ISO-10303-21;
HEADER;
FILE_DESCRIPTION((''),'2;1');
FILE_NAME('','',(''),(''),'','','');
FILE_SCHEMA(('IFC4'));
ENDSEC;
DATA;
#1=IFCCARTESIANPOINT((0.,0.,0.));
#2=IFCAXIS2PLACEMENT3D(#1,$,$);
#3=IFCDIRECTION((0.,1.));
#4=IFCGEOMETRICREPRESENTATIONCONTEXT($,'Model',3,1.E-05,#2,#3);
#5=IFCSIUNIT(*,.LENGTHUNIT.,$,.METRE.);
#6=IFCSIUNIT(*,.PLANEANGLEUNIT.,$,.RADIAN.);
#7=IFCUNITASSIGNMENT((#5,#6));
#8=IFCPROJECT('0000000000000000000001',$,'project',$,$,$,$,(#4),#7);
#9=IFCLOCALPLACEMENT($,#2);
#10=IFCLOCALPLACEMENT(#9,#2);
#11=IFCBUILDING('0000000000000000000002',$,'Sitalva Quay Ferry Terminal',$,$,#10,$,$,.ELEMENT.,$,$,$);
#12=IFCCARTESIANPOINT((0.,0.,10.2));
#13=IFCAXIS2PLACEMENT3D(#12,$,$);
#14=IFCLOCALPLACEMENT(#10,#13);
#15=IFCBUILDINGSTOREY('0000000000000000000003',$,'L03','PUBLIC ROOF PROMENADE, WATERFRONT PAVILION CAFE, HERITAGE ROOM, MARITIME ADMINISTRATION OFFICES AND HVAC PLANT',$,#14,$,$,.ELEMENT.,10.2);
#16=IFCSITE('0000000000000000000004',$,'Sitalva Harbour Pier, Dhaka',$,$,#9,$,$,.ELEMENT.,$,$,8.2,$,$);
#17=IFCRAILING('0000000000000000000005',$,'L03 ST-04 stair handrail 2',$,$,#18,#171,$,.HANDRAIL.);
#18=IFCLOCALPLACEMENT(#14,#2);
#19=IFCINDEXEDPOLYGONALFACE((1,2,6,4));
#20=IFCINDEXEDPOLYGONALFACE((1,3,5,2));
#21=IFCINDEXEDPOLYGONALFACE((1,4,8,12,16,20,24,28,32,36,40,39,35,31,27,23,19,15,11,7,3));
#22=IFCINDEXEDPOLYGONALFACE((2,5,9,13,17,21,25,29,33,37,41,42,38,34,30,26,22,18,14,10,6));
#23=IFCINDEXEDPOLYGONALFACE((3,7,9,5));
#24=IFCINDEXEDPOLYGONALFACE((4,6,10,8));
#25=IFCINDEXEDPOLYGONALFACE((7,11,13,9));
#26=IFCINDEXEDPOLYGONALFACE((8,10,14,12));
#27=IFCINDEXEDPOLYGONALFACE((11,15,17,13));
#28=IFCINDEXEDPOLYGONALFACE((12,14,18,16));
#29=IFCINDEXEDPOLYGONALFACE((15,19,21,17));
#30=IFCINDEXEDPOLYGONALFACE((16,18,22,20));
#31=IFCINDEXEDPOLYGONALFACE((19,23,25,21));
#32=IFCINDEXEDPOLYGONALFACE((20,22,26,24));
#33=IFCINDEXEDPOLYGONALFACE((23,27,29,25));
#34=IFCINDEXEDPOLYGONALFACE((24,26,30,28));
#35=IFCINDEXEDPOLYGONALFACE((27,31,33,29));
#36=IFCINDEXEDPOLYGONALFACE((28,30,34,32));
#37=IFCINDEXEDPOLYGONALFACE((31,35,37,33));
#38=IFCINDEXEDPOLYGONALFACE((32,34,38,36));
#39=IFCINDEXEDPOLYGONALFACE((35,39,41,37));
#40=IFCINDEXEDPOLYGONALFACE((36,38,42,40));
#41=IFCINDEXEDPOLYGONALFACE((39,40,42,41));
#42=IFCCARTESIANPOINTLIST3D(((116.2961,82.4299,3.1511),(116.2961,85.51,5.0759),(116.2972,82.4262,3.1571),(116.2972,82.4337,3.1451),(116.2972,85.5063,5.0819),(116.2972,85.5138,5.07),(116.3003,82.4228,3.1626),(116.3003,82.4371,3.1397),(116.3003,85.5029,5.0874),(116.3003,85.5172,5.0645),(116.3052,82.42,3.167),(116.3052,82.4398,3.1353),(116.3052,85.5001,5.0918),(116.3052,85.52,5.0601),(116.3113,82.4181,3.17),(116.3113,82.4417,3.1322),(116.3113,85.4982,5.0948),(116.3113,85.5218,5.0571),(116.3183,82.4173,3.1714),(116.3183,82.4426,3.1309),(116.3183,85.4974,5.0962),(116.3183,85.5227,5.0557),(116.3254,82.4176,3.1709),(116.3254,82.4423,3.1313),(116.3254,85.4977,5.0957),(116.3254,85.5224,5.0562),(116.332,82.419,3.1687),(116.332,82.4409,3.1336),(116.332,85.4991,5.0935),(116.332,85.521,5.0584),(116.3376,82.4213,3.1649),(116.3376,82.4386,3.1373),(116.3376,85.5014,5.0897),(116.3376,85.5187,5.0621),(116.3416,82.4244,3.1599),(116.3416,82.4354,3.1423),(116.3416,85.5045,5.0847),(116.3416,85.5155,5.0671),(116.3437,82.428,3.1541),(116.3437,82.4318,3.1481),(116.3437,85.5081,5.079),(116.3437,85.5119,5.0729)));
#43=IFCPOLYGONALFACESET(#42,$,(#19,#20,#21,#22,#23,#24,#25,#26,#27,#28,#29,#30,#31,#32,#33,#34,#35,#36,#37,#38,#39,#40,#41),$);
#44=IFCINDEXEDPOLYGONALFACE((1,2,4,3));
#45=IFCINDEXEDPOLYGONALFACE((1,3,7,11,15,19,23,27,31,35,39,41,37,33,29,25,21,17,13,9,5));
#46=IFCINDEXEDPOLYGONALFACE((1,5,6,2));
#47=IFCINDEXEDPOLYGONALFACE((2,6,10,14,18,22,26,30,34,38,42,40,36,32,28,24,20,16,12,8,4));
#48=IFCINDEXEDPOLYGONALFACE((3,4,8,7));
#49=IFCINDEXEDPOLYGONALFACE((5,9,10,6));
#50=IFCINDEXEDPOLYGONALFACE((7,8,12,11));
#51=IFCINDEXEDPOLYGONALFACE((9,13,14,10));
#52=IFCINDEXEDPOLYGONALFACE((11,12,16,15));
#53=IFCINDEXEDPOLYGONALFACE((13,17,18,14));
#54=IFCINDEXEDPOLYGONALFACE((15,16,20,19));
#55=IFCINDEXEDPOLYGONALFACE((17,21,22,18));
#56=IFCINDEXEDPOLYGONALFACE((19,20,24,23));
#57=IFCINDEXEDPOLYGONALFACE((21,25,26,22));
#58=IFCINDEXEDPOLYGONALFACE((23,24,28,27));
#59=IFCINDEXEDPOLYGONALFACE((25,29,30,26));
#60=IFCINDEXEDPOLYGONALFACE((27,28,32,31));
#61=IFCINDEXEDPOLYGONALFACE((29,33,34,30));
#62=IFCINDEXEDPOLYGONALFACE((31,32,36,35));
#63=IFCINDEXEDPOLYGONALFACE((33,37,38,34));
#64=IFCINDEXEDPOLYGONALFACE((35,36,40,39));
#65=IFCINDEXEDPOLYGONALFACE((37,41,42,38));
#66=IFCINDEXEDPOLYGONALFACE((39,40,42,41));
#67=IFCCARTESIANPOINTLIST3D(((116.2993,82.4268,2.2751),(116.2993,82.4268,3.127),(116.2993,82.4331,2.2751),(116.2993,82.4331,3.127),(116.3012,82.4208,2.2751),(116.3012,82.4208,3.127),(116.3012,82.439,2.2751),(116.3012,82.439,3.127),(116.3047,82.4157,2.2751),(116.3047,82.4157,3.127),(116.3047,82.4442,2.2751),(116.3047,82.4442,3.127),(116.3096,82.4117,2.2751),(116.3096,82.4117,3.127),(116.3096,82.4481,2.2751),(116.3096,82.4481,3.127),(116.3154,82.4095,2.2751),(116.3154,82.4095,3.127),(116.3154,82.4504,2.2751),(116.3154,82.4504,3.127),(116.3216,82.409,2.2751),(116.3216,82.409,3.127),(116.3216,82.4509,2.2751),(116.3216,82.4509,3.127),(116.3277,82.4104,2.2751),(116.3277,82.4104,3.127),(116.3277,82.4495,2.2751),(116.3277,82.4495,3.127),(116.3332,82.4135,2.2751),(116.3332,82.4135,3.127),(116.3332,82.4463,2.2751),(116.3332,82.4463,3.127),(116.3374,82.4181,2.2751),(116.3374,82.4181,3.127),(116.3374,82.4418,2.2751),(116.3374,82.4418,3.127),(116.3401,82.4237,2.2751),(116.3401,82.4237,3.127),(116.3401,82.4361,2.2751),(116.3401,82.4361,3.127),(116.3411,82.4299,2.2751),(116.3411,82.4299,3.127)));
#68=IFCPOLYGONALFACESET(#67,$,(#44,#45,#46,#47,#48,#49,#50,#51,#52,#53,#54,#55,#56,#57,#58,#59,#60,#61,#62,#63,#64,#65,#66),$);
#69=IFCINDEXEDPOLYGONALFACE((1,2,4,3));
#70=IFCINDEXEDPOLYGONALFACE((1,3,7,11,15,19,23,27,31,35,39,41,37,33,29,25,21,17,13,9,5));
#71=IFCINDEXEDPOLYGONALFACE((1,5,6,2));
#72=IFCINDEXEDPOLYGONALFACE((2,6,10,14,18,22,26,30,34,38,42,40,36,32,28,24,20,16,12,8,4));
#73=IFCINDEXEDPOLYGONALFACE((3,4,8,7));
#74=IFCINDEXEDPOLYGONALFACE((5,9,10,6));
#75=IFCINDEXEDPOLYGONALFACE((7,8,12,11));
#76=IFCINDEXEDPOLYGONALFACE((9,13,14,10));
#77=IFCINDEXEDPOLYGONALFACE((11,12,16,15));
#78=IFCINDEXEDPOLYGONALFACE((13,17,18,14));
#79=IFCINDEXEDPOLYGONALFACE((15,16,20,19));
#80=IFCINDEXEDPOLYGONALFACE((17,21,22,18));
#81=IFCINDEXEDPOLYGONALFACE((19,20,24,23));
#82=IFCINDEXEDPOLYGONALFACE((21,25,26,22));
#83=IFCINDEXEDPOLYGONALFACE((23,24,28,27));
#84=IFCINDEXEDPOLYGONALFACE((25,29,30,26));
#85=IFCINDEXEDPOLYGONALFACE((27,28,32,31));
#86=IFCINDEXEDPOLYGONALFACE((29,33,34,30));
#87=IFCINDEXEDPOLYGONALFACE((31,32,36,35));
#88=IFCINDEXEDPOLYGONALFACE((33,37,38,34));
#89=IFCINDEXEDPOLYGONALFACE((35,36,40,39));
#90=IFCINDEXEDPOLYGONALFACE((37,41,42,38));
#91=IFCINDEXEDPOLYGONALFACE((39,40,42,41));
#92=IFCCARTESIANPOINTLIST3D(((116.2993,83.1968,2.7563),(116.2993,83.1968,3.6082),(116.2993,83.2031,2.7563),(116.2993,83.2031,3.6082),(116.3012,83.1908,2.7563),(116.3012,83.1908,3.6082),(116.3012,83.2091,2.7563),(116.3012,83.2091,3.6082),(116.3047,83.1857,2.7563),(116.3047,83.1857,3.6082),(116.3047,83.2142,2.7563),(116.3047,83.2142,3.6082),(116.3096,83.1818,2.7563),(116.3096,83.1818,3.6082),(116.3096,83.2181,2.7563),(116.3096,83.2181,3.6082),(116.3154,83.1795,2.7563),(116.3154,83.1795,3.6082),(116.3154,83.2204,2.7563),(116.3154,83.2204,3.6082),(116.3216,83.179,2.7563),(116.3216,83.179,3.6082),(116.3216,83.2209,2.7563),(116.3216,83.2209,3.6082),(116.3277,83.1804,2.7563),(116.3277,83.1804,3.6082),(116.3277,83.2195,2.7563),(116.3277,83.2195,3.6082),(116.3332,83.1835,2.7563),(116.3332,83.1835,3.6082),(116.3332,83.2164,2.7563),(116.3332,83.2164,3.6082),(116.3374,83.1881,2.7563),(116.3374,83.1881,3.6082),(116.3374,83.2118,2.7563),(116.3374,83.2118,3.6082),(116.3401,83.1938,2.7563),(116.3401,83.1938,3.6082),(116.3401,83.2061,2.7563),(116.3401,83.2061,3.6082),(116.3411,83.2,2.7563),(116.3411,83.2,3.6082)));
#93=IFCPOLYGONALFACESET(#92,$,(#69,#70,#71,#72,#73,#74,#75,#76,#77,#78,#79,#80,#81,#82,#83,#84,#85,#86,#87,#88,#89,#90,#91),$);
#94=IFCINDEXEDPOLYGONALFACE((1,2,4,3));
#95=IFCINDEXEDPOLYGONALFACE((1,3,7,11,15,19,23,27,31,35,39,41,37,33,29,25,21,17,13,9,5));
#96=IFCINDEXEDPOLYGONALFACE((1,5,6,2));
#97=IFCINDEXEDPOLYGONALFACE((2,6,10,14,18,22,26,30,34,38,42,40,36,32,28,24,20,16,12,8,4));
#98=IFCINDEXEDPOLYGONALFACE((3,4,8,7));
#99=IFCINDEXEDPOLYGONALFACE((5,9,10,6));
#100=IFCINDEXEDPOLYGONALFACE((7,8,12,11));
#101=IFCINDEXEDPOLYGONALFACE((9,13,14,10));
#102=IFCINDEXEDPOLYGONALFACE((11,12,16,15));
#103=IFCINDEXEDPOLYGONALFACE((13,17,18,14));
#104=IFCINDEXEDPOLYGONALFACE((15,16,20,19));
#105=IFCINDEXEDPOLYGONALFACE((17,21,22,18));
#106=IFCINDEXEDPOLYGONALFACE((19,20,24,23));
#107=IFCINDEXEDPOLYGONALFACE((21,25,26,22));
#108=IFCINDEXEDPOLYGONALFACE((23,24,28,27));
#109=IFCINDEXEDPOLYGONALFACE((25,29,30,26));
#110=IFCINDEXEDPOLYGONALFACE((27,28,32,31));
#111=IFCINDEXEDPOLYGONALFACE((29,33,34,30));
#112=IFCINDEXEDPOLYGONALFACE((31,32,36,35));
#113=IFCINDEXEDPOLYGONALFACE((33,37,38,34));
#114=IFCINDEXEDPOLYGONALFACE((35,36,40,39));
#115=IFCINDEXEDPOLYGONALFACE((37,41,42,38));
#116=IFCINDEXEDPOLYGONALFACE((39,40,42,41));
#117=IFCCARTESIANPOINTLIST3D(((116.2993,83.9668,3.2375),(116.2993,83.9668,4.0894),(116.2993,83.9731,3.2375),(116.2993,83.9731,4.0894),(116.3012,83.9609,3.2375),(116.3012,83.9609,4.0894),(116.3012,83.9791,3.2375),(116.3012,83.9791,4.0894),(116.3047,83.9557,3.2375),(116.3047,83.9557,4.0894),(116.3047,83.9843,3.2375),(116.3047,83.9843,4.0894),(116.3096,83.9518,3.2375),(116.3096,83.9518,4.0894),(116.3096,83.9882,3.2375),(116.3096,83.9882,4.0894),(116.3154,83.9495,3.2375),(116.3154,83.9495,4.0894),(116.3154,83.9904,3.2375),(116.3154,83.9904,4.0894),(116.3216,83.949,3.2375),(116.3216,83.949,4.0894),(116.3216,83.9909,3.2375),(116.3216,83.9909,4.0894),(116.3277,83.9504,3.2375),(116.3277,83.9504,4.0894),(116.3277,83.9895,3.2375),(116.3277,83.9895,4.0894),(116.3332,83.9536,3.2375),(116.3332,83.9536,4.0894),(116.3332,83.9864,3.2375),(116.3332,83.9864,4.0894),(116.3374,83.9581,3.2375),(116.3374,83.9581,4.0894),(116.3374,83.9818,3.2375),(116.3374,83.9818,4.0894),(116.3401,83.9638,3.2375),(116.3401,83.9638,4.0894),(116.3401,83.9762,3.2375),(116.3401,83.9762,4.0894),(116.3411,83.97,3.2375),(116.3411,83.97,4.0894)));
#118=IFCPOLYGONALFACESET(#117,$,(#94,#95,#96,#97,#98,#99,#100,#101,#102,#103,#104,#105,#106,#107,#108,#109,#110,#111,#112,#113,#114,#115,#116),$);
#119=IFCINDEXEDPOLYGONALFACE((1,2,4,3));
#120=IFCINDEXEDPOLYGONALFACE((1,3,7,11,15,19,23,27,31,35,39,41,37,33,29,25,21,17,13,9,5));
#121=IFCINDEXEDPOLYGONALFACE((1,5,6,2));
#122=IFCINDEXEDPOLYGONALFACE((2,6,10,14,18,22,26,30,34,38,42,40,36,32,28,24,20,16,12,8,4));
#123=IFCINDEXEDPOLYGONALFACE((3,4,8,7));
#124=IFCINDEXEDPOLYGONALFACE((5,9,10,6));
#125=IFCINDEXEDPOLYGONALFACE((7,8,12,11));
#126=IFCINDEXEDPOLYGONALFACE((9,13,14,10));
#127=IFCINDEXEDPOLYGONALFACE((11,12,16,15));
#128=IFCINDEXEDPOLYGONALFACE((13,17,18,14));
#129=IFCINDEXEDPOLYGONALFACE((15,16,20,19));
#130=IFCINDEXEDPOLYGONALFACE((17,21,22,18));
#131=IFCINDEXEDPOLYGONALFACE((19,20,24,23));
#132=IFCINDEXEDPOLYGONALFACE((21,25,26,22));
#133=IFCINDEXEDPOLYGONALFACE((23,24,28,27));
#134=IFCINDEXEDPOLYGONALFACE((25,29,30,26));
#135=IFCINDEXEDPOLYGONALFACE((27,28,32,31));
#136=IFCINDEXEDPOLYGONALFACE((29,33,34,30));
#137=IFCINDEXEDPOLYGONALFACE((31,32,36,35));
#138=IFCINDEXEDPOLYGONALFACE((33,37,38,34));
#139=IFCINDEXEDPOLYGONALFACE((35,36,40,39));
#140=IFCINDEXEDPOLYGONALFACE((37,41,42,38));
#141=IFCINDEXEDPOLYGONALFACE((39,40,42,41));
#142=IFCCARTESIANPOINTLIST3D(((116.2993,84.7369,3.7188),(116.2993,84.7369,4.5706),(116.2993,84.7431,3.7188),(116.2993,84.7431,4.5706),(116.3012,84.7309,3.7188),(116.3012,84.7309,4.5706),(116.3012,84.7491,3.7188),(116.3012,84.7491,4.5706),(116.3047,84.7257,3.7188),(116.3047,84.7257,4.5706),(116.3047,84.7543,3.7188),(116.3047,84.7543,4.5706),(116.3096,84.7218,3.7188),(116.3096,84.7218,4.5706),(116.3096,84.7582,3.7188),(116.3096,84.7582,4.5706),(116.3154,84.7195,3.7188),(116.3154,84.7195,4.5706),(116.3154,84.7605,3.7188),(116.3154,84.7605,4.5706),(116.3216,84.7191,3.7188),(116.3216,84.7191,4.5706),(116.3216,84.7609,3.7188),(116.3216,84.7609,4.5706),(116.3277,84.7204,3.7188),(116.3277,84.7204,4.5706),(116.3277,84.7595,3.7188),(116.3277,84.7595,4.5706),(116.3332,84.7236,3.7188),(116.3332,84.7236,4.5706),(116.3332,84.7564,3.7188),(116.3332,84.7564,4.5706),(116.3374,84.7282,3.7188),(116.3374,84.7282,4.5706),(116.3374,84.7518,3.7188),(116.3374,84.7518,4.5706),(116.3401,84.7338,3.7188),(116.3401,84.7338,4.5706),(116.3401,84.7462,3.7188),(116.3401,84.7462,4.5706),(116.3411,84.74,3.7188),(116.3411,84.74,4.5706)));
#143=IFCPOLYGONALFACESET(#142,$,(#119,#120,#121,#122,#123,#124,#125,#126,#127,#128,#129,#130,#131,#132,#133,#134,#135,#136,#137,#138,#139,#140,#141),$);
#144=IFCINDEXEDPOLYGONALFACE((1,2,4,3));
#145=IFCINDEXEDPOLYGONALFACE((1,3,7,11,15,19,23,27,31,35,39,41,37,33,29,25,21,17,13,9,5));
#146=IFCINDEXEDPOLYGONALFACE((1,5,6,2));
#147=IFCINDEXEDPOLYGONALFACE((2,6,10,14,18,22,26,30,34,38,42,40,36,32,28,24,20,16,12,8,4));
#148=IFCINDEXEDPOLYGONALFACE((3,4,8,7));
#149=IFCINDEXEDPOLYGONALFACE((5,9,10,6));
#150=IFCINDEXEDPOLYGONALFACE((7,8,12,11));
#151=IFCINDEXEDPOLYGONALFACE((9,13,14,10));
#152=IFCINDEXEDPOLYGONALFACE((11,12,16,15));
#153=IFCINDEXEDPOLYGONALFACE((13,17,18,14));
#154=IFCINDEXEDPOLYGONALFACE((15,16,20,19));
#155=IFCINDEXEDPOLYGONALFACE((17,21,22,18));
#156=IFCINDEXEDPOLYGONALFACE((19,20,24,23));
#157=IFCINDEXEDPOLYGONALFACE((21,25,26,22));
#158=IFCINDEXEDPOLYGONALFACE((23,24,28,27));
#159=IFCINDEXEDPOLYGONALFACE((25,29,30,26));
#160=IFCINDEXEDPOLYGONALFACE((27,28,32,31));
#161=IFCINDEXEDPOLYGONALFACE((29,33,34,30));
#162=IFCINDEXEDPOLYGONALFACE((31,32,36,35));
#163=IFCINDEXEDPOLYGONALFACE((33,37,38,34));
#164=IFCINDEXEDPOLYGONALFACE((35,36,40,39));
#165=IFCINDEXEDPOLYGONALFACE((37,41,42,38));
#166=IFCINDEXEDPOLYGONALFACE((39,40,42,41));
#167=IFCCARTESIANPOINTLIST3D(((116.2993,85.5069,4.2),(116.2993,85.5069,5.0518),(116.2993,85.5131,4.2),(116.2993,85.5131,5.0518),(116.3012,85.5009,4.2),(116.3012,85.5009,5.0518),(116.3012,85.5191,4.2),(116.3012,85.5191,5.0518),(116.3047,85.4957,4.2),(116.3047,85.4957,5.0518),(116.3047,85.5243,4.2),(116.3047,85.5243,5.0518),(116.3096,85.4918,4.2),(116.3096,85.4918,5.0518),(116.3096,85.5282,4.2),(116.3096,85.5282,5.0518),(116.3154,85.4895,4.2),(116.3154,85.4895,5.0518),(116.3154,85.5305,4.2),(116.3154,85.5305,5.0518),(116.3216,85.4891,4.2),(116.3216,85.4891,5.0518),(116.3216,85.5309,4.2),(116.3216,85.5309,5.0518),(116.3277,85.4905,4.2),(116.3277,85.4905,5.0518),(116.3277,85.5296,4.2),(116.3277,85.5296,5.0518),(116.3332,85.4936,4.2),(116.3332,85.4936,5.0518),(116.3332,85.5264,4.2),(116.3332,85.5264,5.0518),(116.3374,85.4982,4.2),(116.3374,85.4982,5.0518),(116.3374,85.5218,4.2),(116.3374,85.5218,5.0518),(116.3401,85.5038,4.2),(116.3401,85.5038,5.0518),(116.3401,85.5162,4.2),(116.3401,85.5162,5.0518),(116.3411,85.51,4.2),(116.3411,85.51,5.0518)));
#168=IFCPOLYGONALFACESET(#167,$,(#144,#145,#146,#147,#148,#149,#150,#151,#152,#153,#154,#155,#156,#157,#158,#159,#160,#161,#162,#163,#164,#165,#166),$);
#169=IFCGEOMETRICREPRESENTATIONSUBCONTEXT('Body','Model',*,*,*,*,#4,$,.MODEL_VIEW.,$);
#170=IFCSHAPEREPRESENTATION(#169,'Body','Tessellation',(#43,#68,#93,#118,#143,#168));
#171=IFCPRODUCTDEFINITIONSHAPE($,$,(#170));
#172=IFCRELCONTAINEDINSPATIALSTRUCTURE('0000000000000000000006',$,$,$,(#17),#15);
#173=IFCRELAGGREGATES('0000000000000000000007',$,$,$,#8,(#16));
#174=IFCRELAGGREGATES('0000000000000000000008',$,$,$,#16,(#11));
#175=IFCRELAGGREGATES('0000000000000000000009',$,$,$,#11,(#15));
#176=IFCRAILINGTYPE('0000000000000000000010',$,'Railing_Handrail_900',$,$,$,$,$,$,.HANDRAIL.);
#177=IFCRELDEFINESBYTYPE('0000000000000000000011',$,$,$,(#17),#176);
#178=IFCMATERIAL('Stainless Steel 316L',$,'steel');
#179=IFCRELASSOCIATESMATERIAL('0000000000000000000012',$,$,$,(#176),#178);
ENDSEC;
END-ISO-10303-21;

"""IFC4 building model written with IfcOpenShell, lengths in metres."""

from ifc_helpers import new_model, si_unit, direction, frame, origin, origin_2d, place, context, subcontext, project, spatial, circle, extrude, material, type_object, element, save


model = new_model("IFC4")

# Units and contexts
model_context = context("Model", 3, precision=1e-05, world=origin(), true_north=direction((0.0, 1.0)))
body_context = subcontext(model_context, "Body", "Model", "MODEL_VIEW")
ifc_project = project(units=[si_unit("LENGTHUNIT", "METRE"), si_unit("PLANEANGLEUNIT", "RADIAN")], contexts=[model_context])

# Site, building, storey
site_placement = place(None, origin())
site = spatial("IfcSite", under=ifc_project, at=site_placement, Name="Sitalva Harbour Pier, Dhaka", CompositionType="ELEMENT", RefElevation=8.2)
building_placement = place(site_placement, origin())
building = spatial("IfcBuilding", under=site, at=building_placement, Name="Sitalva Quay Ferry Terminal", CompositionType="ELEMENT")
storey_placement = place(building_placement, frame((0.0, 0.0, 10.2)))
storey = spatial("IfcBuildingStorey", under=building, at=storey_placement, Name="L03", Description="PUBLIC ROOF PROMENADE, WATERFRONT PAVILION CAFE, HERITAGE ROOM, MARITIME ADMINISTRATION OFFICES AND HVAC PLANT", CompositionType="ELEMENT", Elevation=10.2)

# Railing
ifc_material_1 = material(Name="Stainless Steel 316L", Category="steel")
railing_type_1 = type_object("IfcRailingType", Name="Railing_Handrail_900", PredefinedType="HANDRAIL", material=ifc_material_1)
railing_1_placement = place(storey_placement, frame((116.3201, 82.4299, 2.2751)))
element("IfcRailing", 1, at=railing_1_placement, inside=storey, type_object=railing_type_1, Name="L03 ST-04 stair handrail 2", PredefinedType="HANDRAIL", context=body_context, shape_type="SweptSolid", body=[
    extrude(circle(Radius=0.0239, at=origin_2d()), frame((0.0, 0.0, 0.876), z_axis=(0.0, 0.848029, 0.529951), x_axis=(-1.0, 0.0, 0.0)), (0.0, 0.0, 1.0), 3.6321),
    extrude(circle(Radius=0.021, at=origin_2d()), origin(), (0.0, 0.0, 1.0), 0.8518),
    extrude(circle(Radius=0.021, at=origin_2d()), frame((0.0, 0.77, 0.4812)), (0.0, 0.0, 1.0), 0.8518),
    extrude(circle(Radius=0.021, at=origin_2d()), frame((0.0, 1.54, 0.9624)), (0.0, 0.0, 1.0), 0.8518),
    extrude(circle(Radius=0.021, at=origin_2d()), frame((0.0, 2.3101, 1.4436)), (0.0, 0.0, 1.0), 0.8518),
    extrude(circle(Radius=0.021, at=origin_2d()), frame((0.0, 3.0801, 1.9248)), (0.0, 0.0, 1.0), 0.8518),
])

save(model, "model.ifc")
